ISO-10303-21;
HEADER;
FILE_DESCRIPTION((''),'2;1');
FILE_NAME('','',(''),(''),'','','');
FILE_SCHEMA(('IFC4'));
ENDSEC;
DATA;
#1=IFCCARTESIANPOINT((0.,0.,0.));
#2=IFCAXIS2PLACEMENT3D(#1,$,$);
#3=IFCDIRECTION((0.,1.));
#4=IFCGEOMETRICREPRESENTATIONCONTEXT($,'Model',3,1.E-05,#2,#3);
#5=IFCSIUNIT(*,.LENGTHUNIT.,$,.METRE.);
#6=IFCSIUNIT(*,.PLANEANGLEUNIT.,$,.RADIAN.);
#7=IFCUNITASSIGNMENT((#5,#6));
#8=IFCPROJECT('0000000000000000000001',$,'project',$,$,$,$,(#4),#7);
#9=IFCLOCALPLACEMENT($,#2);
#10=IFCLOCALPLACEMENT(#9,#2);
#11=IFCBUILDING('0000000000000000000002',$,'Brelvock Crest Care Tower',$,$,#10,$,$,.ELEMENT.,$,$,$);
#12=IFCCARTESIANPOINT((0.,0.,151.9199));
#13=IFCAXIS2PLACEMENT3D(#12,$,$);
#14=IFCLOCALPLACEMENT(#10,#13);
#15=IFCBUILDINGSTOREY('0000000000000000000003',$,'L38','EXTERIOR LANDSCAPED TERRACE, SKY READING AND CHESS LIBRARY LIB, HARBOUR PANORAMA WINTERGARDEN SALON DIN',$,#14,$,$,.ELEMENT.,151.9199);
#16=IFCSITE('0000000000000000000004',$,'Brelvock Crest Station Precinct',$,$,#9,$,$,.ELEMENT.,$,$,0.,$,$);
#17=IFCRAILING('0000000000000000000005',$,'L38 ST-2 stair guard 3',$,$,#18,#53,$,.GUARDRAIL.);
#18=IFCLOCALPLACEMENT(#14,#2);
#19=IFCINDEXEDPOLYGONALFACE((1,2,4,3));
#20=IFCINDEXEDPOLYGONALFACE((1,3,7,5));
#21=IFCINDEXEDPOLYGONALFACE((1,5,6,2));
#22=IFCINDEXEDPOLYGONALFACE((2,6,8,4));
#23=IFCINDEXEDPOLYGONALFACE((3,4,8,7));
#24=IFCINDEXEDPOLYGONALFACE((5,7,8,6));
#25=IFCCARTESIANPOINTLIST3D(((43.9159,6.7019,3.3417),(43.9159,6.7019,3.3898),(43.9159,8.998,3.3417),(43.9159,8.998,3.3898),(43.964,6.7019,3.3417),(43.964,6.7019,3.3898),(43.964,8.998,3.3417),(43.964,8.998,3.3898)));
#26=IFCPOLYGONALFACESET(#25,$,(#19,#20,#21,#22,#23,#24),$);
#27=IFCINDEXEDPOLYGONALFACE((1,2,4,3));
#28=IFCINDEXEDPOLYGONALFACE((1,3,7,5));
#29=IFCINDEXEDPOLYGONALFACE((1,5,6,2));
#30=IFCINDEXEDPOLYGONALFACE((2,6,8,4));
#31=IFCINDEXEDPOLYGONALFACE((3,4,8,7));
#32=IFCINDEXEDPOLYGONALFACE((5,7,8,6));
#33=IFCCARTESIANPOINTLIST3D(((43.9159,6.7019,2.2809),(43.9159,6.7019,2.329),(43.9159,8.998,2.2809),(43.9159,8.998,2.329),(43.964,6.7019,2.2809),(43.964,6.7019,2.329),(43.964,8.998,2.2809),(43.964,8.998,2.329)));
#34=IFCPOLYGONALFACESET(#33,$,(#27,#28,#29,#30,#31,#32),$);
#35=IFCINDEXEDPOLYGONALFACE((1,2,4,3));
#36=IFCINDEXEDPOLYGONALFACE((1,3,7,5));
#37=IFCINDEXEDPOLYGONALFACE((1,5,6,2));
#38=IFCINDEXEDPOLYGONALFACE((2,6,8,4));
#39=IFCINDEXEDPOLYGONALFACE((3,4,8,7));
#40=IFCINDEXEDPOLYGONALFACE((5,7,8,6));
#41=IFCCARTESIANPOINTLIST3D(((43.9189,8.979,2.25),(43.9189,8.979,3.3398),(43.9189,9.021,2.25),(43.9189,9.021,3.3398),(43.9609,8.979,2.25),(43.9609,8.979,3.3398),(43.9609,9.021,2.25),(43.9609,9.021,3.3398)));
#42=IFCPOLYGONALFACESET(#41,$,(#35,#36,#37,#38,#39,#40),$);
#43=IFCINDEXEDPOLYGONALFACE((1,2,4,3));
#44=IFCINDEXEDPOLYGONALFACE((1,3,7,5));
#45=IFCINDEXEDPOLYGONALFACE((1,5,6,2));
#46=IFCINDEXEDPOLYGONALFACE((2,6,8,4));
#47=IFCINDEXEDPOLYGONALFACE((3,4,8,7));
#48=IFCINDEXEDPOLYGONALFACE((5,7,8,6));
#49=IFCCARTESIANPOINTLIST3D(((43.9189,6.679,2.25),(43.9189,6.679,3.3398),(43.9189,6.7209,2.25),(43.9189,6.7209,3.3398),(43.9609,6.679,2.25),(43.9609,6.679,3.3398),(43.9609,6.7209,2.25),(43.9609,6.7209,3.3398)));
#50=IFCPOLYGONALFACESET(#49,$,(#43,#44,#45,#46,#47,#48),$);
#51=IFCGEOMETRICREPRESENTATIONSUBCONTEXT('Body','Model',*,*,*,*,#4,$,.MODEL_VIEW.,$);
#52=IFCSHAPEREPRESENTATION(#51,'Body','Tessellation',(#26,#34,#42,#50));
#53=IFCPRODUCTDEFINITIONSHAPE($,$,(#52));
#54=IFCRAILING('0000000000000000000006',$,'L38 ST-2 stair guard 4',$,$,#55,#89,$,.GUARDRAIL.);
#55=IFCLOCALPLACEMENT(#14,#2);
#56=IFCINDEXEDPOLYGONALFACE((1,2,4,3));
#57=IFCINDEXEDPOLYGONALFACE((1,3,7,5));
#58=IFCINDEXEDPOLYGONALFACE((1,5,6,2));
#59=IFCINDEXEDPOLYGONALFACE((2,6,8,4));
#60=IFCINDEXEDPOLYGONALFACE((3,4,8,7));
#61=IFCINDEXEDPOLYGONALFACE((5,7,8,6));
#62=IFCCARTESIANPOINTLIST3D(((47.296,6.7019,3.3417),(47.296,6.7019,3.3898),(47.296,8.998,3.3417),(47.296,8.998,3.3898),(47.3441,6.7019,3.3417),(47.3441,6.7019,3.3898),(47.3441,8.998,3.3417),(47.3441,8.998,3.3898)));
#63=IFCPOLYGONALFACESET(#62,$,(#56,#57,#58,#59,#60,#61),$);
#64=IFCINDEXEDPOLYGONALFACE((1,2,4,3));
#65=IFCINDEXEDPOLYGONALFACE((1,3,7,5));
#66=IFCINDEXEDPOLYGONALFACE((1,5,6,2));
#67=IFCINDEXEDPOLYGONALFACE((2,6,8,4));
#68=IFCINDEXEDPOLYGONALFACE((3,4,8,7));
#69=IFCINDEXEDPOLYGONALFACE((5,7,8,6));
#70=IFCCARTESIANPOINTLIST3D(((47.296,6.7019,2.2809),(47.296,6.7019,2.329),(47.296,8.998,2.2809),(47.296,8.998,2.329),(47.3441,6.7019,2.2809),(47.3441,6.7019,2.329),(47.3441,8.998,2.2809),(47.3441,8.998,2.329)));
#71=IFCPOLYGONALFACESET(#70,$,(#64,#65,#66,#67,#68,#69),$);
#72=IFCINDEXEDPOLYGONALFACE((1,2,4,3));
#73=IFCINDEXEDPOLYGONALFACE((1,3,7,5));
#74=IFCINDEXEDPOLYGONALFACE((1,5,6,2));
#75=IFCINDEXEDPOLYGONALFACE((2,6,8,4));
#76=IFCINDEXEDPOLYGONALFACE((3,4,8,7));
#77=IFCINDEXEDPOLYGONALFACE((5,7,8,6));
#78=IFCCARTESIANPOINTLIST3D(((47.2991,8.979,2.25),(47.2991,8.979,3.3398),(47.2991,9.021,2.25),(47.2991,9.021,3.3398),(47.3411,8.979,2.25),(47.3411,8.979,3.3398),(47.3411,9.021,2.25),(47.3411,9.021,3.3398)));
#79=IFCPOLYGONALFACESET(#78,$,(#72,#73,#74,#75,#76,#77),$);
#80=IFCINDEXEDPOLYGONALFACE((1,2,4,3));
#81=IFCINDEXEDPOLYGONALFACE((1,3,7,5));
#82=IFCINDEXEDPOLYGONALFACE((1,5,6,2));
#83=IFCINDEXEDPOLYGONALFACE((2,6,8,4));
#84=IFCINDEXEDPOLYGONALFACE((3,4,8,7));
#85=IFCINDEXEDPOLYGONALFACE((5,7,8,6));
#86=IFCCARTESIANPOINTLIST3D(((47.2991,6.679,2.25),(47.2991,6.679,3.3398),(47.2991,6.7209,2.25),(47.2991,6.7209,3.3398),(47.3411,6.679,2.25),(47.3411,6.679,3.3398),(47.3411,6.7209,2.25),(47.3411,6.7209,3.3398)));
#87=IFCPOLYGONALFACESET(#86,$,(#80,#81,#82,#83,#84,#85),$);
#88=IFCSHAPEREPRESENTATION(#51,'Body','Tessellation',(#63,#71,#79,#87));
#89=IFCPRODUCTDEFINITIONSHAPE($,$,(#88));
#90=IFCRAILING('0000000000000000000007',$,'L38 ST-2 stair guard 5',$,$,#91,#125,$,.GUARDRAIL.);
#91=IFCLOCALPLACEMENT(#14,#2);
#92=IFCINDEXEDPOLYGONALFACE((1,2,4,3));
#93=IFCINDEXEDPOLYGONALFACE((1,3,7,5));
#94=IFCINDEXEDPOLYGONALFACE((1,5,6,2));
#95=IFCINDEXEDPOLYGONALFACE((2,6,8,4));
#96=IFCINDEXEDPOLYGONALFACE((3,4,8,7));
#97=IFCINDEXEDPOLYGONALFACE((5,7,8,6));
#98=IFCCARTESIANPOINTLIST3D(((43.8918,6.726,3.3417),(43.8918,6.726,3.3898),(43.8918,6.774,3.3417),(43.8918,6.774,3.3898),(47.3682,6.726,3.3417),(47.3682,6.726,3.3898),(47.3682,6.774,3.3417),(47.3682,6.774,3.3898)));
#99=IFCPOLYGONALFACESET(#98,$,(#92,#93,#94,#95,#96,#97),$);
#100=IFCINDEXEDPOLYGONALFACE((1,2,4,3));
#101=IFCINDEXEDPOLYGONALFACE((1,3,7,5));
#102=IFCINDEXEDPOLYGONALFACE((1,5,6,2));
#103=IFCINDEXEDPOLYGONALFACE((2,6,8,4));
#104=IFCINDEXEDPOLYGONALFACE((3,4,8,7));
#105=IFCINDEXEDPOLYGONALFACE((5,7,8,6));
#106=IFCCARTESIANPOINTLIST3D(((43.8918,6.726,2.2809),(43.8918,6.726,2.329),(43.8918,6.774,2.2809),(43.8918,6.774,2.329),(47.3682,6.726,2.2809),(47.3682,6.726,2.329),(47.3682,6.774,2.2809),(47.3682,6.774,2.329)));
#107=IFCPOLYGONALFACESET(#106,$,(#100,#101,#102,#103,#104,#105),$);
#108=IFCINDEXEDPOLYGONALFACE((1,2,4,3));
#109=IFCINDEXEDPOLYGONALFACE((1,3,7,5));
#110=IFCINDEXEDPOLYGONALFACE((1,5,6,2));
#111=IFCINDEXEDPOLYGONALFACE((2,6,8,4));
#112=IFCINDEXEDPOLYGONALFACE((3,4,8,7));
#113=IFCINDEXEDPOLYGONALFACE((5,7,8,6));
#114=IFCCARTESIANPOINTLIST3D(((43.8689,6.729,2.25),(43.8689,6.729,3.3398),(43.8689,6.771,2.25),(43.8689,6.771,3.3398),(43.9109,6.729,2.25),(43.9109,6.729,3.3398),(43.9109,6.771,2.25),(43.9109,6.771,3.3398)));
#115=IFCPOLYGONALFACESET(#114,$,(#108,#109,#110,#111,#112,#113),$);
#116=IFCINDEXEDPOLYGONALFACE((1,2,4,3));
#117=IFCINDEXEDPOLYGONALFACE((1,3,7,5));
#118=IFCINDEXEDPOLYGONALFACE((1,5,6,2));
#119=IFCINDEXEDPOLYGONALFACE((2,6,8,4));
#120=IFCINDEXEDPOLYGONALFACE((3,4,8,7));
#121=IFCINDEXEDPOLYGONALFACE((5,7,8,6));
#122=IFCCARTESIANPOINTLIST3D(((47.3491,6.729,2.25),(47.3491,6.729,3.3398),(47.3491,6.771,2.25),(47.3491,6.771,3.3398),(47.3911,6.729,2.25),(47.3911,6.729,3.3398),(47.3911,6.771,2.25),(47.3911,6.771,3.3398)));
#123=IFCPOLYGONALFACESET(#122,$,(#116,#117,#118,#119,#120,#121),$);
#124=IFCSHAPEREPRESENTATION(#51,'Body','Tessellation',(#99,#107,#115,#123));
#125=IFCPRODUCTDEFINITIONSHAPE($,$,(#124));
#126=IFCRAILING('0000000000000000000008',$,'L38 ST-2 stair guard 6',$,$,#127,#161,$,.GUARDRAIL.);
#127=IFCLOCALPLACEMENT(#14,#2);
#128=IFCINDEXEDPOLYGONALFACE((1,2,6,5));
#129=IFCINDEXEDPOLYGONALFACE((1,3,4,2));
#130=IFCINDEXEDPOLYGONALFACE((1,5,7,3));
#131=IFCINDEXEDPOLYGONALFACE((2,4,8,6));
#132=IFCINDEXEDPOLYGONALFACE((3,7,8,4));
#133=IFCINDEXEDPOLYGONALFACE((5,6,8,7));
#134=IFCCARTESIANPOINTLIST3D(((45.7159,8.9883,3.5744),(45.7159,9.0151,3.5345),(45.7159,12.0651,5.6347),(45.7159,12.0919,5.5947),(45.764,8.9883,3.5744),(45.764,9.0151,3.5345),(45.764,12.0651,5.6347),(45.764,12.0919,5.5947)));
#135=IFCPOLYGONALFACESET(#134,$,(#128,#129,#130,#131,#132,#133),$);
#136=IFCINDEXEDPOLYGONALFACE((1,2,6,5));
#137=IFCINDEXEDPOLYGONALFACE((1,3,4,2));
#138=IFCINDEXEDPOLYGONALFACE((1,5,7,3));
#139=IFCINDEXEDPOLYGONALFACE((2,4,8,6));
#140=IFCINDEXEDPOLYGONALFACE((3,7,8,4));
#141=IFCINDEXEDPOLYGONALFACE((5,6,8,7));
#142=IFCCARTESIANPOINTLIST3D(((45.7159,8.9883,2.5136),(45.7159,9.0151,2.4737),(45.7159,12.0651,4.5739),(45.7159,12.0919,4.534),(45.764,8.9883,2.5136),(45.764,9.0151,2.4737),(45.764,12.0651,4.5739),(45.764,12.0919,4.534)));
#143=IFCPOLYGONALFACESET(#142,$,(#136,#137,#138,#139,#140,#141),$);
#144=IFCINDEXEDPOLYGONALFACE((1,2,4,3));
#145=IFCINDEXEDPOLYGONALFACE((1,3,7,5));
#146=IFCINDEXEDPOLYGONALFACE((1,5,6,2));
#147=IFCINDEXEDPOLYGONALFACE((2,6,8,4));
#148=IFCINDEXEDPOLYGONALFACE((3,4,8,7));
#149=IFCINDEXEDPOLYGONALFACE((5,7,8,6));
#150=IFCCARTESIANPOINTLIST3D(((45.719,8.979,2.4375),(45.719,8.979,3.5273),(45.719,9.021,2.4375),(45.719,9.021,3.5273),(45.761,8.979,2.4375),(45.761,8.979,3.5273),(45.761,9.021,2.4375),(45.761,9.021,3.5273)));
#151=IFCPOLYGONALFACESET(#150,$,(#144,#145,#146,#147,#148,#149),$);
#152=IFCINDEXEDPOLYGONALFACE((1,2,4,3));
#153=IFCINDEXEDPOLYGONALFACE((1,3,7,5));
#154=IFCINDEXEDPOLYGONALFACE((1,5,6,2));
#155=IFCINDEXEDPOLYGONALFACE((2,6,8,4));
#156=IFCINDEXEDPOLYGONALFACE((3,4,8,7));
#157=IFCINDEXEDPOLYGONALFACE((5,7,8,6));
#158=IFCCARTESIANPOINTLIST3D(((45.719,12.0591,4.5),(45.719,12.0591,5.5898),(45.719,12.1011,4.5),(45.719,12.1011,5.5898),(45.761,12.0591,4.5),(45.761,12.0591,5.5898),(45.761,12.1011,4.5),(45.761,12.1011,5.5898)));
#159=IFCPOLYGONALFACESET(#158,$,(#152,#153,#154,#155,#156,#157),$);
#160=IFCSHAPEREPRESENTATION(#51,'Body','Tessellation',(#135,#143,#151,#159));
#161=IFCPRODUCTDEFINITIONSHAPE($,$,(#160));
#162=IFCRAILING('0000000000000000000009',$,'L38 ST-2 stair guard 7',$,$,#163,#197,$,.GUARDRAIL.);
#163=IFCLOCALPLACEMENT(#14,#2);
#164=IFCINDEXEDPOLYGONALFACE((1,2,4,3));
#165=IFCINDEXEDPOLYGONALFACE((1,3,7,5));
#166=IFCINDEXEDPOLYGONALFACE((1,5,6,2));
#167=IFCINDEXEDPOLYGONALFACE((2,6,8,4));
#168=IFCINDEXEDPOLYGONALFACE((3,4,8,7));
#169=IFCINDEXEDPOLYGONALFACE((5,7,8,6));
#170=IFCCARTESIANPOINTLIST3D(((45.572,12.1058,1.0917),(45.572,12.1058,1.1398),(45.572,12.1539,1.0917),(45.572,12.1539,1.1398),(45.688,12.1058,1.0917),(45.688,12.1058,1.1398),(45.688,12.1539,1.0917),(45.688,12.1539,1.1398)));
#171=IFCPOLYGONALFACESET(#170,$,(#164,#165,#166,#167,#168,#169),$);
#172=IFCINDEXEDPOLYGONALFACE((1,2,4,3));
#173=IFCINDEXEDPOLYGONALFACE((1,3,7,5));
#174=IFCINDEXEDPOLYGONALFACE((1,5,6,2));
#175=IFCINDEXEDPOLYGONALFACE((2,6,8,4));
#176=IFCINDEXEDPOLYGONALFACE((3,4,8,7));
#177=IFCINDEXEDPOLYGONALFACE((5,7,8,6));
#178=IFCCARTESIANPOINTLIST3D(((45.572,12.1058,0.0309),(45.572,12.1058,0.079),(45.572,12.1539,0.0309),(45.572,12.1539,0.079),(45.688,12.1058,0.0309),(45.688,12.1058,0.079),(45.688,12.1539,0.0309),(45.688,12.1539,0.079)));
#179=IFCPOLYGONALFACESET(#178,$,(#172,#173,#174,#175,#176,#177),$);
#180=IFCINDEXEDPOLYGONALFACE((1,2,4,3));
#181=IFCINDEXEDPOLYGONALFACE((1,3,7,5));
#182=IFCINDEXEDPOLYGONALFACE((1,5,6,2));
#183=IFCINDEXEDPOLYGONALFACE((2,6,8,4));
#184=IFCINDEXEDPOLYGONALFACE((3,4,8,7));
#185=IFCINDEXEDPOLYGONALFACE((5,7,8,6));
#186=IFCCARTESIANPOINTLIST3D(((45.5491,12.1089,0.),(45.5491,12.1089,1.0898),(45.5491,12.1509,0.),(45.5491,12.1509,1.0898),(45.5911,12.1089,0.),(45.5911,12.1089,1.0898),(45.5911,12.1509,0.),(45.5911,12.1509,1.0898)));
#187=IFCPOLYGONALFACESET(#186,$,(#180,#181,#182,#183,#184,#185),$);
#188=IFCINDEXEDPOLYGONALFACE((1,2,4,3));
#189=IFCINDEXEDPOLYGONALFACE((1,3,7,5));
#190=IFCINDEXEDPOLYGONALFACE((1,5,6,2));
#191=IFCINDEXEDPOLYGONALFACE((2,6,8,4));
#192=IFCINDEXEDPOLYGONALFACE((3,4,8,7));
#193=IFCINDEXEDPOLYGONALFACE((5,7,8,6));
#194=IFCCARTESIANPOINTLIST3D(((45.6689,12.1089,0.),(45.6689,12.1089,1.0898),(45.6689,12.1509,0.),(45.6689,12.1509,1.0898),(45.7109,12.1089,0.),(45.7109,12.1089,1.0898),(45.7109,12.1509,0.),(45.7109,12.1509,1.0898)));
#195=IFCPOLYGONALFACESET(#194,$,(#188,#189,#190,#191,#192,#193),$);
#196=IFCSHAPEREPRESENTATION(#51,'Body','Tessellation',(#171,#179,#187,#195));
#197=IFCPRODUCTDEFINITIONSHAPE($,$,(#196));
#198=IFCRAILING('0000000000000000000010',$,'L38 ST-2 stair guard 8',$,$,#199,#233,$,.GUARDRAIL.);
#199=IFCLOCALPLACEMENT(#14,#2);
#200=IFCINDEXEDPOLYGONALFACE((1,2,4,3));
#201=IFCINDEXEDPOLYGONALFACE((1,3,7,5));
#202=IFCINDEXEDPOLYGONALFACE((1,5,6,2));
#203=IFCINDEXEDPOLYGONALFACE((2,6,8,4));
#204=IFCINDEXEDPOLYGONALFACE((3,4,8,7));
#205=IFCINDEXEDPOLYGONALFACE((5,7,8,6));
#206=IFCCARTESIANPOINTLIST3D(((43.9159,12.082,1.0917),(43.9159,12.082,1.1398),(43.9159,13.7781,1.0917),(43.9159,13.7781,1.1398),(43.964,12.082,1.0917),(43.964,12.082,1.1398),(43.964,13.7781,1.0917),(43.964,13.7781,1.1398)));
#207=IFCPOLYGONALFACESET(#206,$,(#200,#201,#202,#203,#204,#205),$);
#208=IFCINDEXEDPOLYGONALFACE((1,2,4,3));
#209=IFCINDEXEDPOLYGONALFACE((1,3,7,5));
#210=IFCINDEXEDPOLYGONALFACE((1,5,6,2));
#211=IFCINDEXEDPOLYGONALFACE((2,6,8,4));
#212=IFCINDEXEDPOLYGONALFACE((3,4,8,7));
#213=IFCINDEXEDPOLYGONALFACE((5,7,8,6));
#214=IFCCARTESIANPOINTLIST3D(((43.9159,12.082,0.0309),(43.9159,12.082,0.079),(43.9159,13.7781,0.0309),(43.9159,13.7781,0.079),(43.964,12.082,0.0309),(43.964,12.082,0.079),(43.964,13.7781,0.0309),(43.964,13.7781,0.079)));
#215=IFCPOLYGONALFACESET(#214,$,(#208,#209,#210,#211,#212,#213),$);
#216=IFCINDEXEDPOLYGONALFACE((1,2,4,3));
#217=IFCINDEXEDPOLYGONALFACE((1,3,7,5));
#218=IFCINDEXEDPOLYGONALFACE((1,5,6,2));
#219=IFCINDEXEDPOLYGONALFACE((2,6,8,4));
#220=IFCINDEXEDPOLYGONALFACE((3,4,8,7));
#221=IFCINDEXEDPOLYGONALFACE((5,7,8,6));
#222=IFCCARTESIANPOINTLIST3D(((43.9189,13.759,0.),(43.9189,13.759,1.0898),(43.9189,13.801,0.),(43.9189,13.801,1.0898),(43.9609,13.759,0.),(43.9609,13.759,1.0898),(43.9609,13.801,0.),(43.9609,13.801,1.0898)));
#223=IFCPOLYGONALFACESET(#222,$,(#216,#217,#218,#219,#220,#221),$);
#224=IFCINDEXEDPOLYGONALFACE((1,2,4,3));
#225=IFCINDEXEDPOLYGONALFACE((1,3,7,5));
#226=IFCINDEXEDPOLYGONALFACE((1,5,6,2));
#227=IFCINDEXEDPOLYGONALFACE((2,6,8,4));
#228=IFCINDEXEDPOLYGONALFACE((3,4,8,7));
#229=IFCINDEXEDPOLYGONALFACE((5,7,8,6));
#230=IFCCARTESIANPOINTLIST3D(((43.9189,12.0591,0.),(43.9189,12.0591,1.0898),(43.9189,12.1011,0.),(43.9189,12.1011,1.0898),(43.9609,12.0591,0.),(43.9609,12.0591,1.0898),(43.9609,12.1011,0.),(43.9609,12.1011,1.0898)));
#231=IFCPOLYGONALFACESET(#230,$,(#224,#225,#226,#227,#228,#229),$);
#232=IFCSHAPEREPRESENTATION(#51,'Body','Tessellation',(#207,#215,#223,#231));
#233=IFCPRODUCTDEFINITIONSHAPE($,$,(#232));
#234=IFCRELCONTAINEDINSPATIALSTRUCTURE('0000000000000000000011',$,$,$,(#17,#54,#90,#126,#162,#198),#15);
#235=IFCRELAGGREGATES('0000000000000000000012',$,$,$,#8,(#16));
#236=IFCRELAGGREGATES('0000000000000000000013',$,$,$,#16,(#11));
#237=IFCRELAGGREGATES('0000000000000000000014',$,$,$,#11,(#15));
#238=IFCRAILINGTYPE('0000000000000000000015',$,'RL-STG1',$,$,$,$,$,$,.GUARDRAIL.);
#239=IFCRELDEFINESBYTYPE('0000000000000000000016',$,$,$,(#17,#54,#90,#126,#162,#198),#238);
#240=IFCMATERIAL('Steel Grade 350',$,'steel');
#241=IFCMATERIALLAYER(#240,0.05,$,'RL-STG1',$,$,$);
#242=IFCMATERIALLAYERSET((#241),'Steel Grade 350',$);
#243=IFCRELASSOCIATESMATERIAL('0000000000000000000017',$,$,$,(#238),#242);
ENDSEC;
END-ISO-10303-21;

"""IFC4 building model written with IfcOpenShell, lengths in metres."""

from ifc_helpers import new_model, si_unit, direction, frame, origin, origin_2d, place, context, subcontext, project, spatial, rectangle, extrude, material, layer, layer_set, type_object, element, save


model = new_model("IFC4")

# Units and contexts
model_context = context("Model", 3, precision=1e-05, world=origin(), true_north=direction((0.0, 1.0)))
body_context = subcontext(model_context, "Body", "Model", "MODEL_VIEW")
ifc_project = project(units=[si_unit("LENGTHUNIT", "METRE"), si_unit("PLANEANGLEUNIT", "RADIAN")], contexts=[model_context])

# Site, building, storey
site_placement = place(None, origin())
site = spatial("IfcSite", under=ifc_project, at=site_placement, Name="Brelvock Crest Station Precinct", CompositionType="ELEMENT", RefElevation=0.0)
building_placement = place(site_placement, origin())
building = spatial("IfcBuilding", under=site, at=building_placement, Name="Brelvock Crest Care Tower", CompositionType="ELEMENT")
storey_placement = place(building_placement, frame((0.0, 0.0, 151.9199)))
storey = spatial("IfcBuildingStorey", under=building, at=storey_placement, Name="L38", Description="EXTERIOR LANDSCAPED TERRACE, SKY READING AND CHESS LIBRARY LIB, HARBOUR PANORAMA WINTERGARDEN SALON DIN", CompositionType="ELEMENT", Elevation=151.9199)

# Shared definitions
ifc_material_1 = material(Name="Steel Grade 350", Category="steel")

# Railings
ifc_layer_1 = layer(ifc_material_1, 0.05, Name="RL-STG1")
ifc_layer_set_1 = layer_set([ifc_layer_1], Name="Steel Grade 350")
railing_type_1 = type_object("IfcRailingType", Name="RL-STG1", PredefinedType="GUARDRAIL", material=ifc_layer_set_1)
for number, where, name in (
    (1, (43.9399, 9.0, 2.25), "L38 ST-2 stair guard 3"),
    (2, (47.3201, 9.0, 2.25), "L38 ST-2 stair guard 4"),
):
    element("IfcRailing", number, at=place(storey_placement, frame(where)), inside=storey, type_object=railing_type_1, Name=name, PredefinedType="GUARDRAIL", context=body_context, shape_type="SweptSolid", body=[
        extrude(rectangle(XDim=0.0481, YDim=0.0481, at=origin_2d()), frame((0.0, -0.002, 1.1157), z_axis=(0.0, -1.0, 0.0), x_axis=(1.0, 0.0, 0.0)), (0.0, 0.0, 1.0), 2.2961),
        extrude(rectangle(XDim=0.0481, YDim=0.0481, at=origin_2d()), frame((0.0, -0.002, 0.0549), z_axis=(0.0, -1.0, 0.0), x_axis=(1.0, 0.0, 0.0)), (0.0, 0.0, 1.0), 2.2961),
        extrude(rectangle(XDim=0.042, YDim=0.042, at=origin_2d()), origin(), (0.0, 0.0, 1.0), 1.0898),
        extrude(rectangle(XDim=0.042, YDim=0.042, at=origin_2d()), frame((0.0, -2.3, 0.0)), (0.0, 0.0, 1.0), 1.0898),
    ])
railing_1_placement = place(storey_placement, frame((43.8899, 6.75, 2.25)))
element("IfcRailing", 3, at=railing_1_placement, inside=storey, type_object=railing_type_1, Name="L38 ST-2 stair guard 5", PredefinedType="GUARDRAIL", context=body_context, shape_type="SweptSolid", body=[
    extrude(rectangle(XDim=0.0481, YDim=0.0481, at=origin_2d()), frame((0.002, 0.0, 1.1157), z_axis=(1.0, 0.0, 0.0), x_axis=(0.0, 1.0, 0.0)), (0.0, 0.0, 1.0), 3.4763),
    extrude(rectangle(XDim=0.0481, YDim=0.0481, at=origin_2d()), frame((0.002, 0.0, 0.0549), z_axis=(1.0, 0.0, 0.0), x_axis=(0.0, 1.0, 0.0)), (0.0, 0.0, 1.0), 3.4763),
    extrude(rectangle(XDim=0.042, YDim=0.042, at=origin_2d()), origin(), (0.0, 0.0, 1.0), 1.0898),
    extrude(rectangle(XDim=0.042, YDim=0.042, at=origin_2d()), frame((3.4802, 0.0, 0.0)), (0.0, 0.0, 1.0), 1.0898),
])
railing_2_placement = place(storey_placement, frame((45.74, 9.0, 2.4375)))
element("IfcRailing", 4, at=railing_2_placement, inside=storey, type_object=railing_type_1, Name="L38 ST-2 stair guard 6", PredefinedType="GUARDRAIL", context=body_context, shape_type="SweptSolid", body=[
    extrude(rectangle(XDim=0.0481, YDim=0.0481, at=origin_2d()), frame((0.0, 0.0017, 1.1169), z_axis=(0.0, 0.830914, 0.556401), x_axis=(-1.0, 0.0, 0.0)), (0.0, 0.0, 1.0), 3.7029),
    extrude(rectangle(XDim=0.0481, YDim=0.0481, at=origin_2d()), frame((0.0, 0.0017, 0.0562), z_axis=(0.0, 0.830914, 0.556401), x_axis=(-1.0, 0.0, 0.0)), (0.0, 0.0, 1.0), 3.7029),
    extrude(rectangle(XDim=0.042, YDim=0.042, at=origin_2d()), origin(), (0.0, 0.0, 1.0), 1.0898),
    extrude(rectangle(XDim=0.042, YDim=0.042, at=origin_2d()), frame((0.0, 3.0801, 2.0625)), (0.0, 0.0, 1.0), 1.0898),
])
railing_3_placement = place(storey_placement, frame((45.5701, 12.1299, 0.0)))
element("IfcRailing", 5, at=railing_3_placement, inside=storey, type_object=railing_type_1, Name="L38 ST-2 stair guard 7", PredefinedType="GUARDRAIL", context=body_context, shape_type="SweptSolid", body=[
    extrude(rectangle(XDim=0.0481, YDim=0.0481, at=origin_2d()), frame((0.002, 0.0, 1.1157), z_axis=(1.0, 0.0, 0.0), x_axis=(0.0, 1.0, 0.0)), (0.0, 0.0, 1.0), 0.116),
    extrude(rectangle(XDim=0.0481, YDim=0.0481, at=origin_2d()), frame((0.002, 0.0, 0.0549), z_axis=(1.0, 0.0, 0.0), x_axis=(0.0, 1.0, 0.0)), (0.0, 0.0, 1.0), 0.116),
    extrude(rectangle(XDim=0.042, YDim=0.042, at=origin_2d()), origin(), (0.0, 0.0, 1.0), 1.0898),
    extrude(rectangle(XDim=0.042, YDim=0.042, at=origin_2d()), frame((0.1199, 0.0, 0.0)), (0.0, 0.0, 1.0), 1.0898),
])
for number, where, name in (
    (6, (43.9399, 13.78, 0.0), "L38 ST-2 stair guard 8"),
):
    element("IfcRailing", number, at=place(storey_placement, frame(where)), inside=storey, type_object=railing_type_1, Name=name, PredefinedType="GUARDRAIL", context=body_context, shape_type="SweptSolid", body=[
        extrude(rectangle(XDim=0.0481, YDim=0.0481, at=origin_2d()), frame((0.0, -0.002, 1.1157), z_axis=(0.0, -1.0, 0.0), x_axis=(1.0, 0.0, 0.0)), (0.0, 0.0, 1.0), 1.696),
        extrude(rectangle(XDim=0.0481, YDim=0.0481, at=origin_2d()), frame((0.0, -0.002, 0.0549), z_axis=(0.0, -1.0, 0.0), x_axis=(1.0, 0.0, 0.0)), (0.0, 0.0, 1.0), 1.696),
        extrude(rectangle(XDim=0.042, YDim=0.042, at=origin_2d()), origin(), (0.0, 0.0, 1.0), 1.0898),
        extrude(rectangle(XDim=0.042, YDim=0.042, at=origin_2d()), frame((0.0, -1.7, 0.0)), (0.0, 0.0, 1.0), 1.0898),
    ])

save(model, "model.ifc")
